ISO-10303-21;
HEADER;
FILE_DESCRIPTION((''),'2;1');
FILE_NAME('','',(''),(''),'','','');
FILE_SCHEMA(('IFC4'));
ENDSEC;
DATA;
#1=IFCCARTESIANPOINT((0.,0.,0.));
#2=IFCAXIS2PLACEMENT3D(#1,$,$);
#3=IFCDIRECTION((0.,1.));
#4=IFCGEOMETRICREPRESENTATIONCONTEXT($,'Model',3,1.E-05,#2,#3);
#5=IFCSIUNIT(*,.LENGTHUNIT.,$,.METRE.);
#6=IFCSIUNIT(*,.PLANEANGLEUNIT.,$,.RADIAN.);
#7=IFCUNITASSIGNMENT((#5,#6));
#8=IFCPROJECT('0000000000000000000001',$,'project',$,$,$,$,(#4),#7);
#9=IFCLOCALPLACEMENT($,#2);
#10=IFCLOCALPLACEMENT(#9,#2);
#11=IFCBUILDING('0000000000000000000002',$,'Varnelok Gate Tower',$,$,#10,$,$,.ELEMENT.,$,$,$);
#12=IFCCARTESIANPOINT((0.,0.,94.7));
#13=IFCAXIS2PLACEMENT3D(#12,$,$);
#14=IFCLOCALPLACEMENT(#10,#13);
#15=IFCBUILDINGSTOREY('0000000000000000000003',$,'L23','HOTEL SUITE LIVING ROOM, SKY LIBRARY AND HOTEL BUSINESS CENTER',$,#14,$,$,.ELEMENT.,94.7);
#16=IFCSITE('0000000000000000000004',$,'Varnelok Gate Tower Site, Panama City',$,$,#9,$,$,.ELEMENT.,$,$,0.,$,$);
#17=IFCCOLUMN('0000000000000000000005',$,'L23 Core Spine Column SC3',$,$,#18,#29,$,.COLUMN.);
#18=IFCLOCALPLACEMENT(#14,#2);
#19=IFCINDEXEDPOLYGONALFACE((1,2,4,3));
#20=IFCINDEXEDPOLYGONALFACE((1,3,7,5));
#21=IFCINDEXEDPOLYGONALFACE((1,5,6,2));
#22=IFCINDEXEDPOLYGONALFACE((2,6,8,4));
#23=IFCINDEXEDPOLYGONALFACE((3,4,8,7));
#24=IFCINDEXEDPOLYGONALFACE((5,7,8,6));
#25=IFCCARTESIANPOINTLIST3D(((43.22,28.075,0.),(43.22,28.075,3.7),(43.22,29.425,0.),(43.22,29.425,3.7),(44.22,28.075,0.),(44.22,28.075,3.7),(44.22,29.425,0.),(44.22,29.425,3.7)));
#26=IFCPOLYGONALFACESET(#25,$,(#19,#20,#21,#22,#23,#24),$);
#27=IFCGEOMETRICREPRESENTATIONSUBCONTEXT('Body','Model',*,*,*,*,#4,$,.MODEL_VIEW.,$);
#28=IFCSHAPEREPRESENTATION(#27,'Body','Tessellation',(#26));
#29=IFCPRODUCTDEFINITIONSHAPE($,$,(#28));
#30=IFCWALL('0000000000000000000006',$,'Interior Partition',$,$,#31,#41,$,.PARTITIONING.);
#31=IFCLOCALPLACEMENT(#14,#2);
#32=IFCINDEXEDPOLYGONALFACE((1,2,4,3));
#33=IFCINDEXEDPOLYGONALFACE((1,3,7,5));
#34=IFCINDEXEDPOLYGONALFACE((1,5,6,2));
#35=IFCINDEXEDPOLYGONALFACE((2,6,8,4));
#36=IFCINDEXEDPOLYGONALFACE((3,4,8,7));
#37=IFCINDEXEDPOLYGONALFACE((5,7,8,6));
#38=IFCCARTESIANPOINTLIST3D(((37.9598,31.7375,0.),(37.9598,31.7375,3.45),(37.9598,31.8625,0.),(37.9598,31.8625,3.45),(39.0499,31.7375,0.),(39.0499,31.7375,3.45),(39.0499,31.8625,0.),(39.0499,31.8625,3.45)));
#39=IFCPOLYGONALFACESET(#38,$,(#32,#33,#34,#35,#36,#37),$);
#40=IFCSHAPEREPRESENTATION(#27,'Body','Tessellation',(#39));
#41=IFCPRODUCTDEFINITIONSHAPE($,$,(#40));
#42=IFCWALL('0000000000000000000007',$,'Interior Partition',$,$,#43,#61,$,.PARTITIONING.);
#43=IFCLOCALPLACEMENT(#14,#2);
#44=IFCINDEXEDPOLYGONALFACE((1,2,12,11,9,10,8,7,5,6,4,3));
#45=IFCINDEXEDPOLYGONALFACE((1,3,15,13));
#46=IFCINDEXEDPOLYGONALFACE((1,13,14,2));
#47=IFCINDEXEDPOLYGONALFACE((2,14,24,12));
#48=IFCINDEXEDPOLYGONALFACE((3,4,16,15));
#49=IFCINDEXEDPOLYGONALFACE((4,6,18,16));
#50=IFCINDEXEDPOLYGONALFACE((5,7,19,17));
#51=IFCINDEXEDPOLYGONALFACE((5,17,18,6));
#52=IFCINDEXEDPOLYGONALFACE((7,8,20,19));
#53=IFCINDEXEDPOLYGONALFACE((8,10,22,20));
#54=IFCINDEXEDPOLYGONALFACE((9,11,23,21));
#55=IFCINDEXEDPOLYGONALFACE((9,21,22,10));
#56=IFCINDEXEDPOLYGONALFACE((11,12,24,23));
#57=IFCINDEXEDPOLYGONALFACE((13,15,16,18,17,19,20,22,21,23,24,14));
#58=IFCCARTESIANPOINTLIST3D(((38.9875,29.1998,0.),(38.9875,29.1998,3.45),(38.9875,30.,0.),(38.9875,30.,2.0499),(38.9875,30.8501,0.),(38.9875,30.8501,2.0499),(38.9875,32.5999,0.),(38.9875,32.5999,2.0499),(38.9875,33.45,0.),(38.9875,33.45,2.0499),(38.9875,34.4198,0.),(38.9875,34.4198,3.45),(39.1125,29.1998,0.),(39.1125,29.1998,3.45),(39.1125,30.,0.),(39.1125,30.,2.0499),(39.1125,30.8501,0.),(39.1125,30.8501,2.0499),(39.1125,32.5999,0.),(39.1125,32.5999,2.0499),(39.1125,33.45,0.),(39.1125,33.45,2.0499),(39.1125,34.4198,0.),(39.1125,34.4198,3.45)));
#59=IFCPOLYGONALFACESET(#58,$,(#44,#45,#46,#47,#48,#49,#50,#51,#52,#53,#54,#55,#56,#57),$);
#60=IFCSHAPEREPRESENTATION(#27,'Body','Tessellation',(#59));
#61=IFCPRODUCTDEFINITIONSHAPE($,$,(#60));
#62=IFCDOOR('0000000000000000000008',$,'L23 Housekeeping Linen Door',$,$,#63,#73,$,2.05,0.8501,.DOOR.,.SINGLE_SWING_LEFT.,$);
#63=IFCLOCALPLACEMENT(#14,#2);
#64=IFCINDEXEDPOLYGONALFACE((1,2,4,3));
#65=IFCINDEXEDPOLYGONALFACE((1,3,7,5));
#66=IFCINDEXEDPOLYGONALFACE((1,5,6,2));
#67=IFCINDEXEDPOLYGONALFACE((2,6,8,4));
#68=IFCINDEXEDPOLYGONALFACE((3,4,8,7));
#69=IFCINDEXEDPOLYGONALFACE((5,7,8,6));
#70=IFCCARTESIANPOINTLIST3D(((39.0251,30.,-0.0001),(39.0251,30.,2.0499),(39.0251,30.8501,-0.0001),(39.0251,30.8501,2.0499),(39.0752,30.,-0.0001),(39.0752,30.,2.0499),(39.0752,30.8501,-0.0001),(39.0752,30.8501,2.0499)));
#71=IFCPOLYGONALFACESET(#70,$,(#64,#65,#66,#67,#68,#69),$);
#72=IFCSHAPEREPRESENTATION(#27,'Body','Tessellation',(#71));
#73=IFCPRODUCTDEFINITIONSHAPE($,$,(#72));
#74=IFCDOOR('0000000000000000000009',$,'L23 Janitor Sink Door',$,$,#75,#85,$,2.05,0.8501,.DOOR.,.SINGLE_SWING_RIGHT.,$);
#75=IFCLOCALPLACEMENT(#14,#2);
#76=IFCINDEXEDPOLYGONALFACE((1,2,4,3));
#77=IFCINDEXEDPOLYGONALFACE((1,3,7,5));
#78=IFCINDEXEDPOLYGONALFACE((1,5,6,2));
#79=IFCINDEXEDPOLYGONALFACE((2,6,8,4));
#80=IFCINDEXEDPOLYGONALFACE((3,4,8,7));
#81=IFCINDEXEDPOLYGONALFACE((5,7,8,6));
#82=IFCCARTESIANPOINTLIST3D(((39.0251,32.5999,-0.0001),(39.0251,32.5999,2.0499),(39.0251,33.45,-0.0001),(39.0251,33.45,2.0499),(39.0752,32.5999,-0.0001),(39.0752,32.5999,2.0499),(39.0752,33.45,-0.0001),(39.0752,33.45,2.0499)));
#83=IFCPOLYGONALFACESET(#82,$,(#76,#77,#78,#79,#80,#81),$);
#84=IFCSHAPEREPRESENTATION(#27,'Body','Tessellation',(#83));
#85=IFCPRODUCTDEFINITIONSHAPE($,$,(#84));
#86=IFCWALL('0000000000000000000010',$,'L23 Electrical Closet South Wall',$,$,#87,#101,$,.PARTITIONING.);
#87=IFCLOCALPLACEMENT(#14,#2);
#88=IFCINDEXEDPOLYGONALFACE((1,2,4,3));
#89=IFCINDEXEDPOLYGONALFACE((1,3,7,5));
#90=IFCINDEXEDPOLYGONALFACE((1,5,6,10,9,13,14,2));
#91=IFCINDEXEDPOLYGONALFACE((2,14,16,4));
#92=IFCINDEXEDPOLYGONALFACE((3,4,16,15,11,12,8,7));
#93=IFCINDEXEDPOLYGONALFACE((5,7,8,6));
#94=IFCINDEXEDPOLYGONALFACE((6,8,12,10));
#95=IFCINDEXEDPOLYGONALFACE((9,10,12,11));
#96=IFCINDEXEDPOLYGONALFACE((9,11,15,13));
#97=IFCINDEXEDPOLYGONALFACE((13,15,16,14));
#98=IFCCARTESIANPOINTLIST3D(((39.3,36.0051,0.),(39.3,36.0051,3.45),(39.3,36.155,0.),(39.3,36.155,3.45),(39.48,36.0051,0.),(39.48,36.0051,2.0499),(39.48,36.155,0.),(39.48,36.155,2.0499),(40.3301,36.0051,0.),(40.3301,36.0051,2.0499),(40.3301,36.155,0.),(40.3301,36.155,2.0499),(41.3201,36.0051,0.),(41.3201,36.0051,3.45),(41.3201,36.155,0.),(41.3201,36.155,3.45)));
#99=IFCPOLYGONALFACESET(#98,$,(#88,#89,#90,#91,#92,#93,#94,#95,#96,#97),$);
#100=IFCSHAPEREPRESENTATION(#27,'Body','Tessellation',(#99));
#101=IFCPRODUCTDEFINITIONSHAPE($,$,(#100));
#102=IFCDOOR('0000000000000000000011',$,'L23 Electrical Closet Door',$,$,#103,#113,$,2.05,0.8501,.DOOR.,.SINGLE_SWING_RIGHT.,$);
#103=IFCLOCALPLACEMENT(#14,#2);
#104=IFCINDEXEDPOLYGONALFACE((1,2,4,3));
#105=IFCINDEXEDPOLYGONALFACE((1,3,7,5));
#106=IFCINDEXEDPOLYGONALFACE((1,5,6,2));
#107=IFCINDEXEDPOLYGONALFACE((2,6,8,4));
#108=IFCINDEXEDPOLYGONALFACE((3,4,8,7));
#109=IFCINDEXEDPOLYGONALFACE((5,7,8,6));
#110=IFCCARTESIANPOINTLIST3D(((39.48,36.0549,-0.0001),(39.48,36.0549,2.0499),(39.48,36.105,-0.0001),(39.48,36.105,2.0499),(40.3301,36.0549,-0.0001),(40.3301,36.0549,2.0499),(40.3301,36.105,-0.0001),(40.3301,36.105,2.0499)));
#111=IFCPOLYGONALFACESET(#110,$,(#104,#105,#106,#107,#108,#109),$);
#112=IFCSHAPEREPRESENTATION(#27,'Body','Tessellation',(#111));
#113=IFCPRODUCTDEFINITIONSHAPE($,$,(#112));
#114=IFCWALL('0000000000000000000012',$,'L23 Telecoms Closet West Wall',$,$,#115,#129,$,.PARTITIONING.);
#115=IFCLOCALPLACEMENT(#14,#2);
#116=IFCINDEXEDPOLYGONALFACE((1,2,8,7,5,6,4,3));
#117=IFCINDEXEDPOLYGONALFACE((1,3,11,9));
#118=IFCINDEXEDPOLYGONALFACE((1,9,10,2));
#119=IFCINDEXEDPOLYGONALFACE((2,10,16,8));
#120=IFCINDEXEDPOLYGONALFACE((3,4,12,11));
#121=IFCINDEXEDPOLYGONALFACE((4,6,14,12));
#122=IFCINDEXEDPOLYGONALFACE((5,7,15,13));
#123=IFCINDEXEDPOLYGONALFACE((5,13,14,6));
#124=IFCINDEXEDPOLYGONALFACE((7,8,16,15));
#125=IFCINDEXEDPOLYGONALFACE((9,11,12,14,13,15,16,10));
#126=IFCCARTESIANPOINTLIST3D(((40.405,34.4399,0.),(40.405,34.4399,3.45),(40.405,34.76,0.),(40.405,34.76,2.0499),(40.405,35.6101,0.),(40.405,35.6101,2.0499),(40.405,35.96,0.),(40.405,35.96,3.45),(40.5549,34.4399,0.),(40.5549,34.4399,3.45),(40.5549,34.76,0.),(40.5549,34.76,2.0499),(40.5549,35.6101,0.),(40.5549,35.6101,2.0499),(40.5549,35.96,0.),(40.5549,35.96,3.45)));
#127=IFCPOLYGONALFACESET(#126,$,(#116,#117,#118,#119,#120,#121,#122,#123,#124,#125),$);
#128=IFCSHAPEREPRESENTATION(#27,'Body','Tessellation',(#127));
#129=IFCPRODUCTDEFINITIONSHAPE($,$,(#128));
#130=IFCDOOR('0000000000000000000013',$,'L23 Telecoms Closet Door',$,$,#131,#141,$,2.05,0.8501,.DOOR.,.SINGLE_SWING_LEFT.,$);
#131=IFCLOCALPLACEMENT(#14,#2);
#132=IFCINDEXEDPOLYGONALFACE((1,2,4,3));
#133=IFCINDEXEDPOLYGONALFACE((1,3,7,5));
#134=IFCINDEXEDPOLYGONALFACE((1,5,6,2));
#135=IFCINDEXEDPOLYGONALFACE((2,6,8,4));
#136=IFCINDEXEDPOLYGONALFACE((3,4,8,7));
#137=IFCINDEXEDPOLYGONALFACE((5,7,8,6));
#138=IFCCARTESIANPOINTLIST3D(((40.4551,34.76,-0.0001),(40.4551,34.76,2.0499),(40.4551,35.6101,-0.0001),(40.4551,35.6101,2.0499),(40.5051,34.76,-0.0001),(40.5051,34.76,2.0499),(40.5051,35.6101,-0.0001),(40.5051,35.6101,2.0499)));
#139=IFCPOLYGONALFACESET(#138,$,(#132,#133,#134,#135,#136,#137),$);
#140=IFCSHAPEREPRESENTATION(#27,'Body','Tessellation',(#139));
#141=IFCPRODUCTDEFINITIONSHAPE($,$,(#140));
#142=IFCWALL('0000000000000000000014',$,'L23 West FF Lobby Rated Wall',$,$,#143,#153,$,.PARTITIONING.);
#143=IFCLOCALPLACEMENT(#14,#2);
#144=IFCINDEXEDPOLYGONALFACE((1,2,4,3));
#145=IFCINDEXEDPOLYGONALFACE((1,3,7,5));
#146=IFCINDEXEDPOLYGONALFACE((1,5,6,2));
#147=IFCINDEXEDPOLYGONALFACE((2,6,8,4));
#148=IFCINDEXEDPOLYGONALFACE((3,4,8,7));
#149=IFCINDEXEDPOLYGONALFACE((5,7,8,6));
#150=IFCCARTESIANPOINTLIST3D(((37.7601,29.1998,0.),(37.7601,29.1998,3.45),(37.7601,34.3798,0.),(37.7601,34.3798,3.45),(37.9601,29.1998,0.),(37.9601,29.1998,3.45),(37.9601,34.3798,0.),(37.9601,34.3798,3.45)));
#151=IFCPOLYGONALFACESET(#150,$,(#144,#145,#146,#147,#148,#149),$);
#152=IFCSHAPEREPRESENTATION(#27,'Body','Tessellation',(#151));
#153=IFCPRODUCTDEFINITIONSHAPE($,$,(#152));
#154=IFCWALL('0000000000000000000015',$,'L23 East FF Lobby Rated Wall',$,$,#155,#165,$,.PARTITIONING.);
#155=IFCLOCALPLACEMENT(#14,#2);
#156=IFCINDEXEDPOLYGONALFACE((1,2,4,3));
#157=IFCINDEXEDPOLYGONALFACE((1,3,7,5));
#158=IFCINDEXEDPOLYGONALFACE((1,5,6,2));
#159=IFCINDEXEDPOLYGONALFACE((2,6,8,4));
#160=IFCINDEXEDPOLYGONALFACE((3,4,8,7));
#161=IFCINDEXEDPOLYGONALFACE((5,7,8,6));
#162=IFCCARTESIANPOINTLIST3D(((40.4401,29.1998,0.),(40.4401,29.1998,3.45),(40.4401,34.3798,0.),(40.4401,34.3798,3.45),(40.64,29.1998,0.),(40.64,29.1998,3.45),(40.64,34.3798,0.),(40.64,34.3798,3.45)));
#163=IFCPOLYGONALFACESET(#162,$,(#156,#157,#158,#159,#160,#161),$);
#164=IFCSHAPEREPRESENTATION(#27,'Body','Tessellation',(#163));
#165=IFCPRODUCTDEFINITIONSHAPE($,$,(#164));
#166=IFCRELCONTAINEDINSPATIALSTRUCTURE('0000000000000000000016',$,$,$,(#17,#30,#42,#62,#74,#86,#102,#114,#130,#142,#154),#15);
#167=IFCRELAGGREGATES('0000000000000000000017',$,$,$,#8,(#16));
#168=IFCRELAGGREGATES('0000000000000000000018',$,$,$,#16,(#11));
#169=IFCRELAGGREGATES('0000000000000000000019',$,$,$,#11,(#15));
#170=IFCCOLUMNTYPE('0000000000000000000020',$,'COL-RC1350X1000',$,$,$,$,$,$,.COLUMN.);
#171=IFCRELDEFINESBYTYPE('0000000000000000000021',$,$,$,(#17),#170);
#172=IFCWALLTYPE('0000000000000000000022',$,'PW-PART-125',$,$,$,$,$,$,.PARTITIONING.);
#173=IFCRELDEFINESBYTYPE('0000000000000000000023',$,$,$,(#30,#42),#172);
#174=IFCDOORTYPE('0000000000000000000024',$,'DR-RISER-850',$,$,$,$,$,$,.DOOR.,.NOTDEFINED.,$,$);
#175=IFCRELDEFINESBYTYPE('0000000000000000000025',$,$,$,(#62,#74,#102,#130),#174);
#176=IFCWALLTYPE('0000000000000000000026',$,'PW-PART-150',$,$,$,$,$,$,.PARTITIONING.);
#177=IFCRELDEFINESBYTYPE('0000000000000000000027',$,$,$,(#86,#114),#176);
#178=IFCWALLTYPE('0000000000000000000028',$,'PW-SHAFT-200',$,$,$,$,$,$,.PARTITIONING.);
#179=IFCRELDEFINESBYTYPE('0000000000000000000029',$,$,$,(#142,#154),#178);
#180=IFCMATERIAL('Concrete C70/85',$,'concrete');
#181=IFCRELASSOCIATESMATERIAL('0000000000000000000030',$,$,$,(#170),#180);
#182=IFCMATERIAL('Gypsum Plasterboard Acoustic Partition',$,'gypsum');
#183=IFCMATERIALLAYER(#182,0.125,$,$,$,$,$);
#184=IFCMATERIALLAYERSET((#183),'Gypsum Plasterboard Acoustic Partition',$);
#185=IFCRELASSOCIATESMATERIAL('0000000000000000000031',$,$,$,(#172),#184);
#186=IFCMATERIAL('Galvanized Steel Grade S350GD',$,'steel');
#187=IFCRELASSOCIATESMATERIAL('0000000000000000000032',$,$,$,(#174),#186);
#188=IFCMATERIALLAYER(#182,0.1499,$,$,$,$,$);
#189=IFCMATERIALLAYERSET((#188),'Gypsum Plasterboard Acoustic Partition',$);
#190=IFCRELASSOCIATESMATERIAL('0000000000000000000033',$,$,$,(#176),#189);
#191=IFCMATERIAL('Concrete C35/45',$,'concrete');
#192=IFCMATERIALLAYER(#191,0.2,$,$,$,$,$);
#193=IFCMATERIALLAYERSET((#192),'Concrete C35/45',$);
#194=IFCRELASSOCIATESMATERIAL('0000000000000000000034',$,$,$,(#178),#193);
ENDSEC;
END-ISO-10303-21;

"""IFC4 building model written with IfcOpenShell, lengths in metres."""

from ifc_helpers import new_model, si_unit, direction, frame, frame_2d, origin, origin_2d, place, context, subcontext, project, spatial, rectangle, extrude, material, layer, layer_set, material_profile, profile_set, type_object, element, fill, save


model = new_model("IFC4")

# Units and contexts
model_context = context("Model", 3, precision=1e-05, world=origin(), true_north=direction((0.0, 1.0)))
body_context = subcontext(model_context, "Body", "Model", "MODEL_VIEW")
ifc_project = project(units=[si_unit("LENGTHUNIT", "METRE"), si_unit("PLANEANGLEUNIT", "RADIAN")], contexts=[model_context])

# Site, building, storey
site_placement = place(None, origin())
site = spatial("IfcSite", under=ifc_project, at=site_placement, Name="Varnelok Gate Tower Site, Panama City", CompositionType="ELEMENT", RefElevation=0.0)
building_placement = place(site_placement, origin())
building = spatial("IfcBuilding", under=site, at=building_placement, Name="Varnelok Gate Tower", CompositionType="ELEMENT")
storey_placement = place(building_placement, frame((0.0, 0.0, 94.7)))
storey = spatial("IfcBuildingStorey", under=building, at=storey_placement, Name="L23", Description="HOTEL SUITE LIVING ROOM, SKY LIBRARY AND HOTEL BUSINESS CENTER", CompositionType="ELEMENT", Elevation=94.7)

# Column
ifc_material_1 = material(Name="Concrete C70/85", Category="concrete")
ifc_material_profile = material_profile(ifc_material_1, rectangle(XDim=1.0, YDim=1.3501, at=origin_2d()), Name="RC1350X1000")
ifc_profile_set = profile_set([ifc_material_profile], Name="Concrete C70/85")
column_type = type_object("IfcColumnType", Name="COL-RC1350X1000", PredefinedType="COLUMN", material=ifc_profile_set)
column_placement = place(storey_placement, frame((43.72, 28.75, 0.0), z_axis=(0.0, 0.0, 1.0), x_axis=(1.0, 0.0, 0.0)))
element("IfcColumn", 1, at=column_placement, inside=storey, type_object=column_type, Name="L23 Core Spine Column SC3", PredefinedType="COLUMN", context=body_context, shape_type="SweptSolid", body=[
    extrude(rectangle(XDim=1.0, YDim=1.3501, at=origin_2d()), origin(), (0.0, 0.0, 1.0), 3.7),
])

# Wall
ifc_material_2 = material(Name="Gypsum Plasterboard Acoustic Partition", Category="gypsum")
ifc_layer_1 = layer(ifc_material_2, 0.125)
ifc_layer_set_1 = layer_set([ifc_layer_1], Name="Gypsum Plasterboard Acoustic Partition")
wall_type_1 = type_object("IfcWallType", Name="PW-PART-125", PredefinedType="PARTITIONING", material=ifc_layer_set_1)
wall_1_placement = place(storey_placement, frame((37.96, 31.8, 0.0), z_axis=(0.0, 0.0, 1.0), x_axis=(1.0, 0.0, 0.0)))
element("IfcWall", 2, at=wall_1_placement, inside=storey, type_object=wall_type_1, Name="Interior Partition", PredefinedType="PARTITIONING", context=body_context, shape_type="SweptSolid", body=[
    extrude(rectangle(XDim=1.0901, YDim=0.125, at=frame_2d((0.5449, 0.0))), origin(), (0.0, 0.0, 1.0), 3.45),
])

# Wall, openings, doors
wall_2_placement = place(storey_placement, frame((39.05, 29.2, 0.0), z_axis=(0.0, 0.0, 1.0), x_axis=(0.0, 1.0, 0.0)))
wall_2 = element("IfcWall", 3, at=wall_2_placement, inside=storey, type_object=wall_type_1, Name="Interior Partition", PredefinedType="PARTITIONING", context=body_context, shape_type="SweptSolid", body=[
    extrude(rectangle(XDim=5.22, YDim=0.125, at=frame_2d((2.6099, 0.0))), origin(), (0.0, 0.0, 1.0), 3.45),
])
opening_1_placement = place(wall_2_placement, frame((0.8, 0.0, 0.0)))
opening_1 = element("IfcOpeningElement", 4, at=opening_1_placement, cuts=wall_2, PredefinedType="OPENING", context=body_context, shape_type="SweptSolid", body=[
    extrude(rectangle(XDim=0.8501, YDim=2.05, at=frame_2d((0.425, 1.0249))), frame((0.0, 0.0725, 0.0), z_axis=(0.0, -1.0, 0.0), x_axis=(1.0, 0.0, 0.0)), (0.0, 0.0, 1.0), 0.145),
])
opening_2_placement = place(wall_2_placement, frame((3.3999, 0.0, 0.0)))
opening_2 = element("IfcOpeningElement", 5, at=opening_2_placement, cuts=wall_2, PredefinedType="OPENING", context=body_context, shape_type="SweptSolid", body=[
    extrude(rectangle(XDim=0.8501, YDim=2.05, at=frame_2d((0.425, 1.0249))), frame((0.0, 0.0725, 0.0), z_axis=(0.0, -1.0, 0.0), x_axis=(1.0, 0.0, 0.0)), (0.0, 0.0, 1.0), 0.145),
])
ifc_material_3 = material(Name="Galvanized Steel Grade S350GD", Category="steel")
door_type_1 = type_object("IfcDoorType", Name="DR-RISER-850", OperationType="NOTDEFINED", PredefinedType="DOOR", material=ifc_material_3)
door_1_placement = place(opening_1_placement, origin())
door_1 = element("IfcDoor", 6, at=door_1_placement, inside=storey, type_object=door_type_1, Name="L23 Housekeeping Linen Door", OperationType="SINGLE_SWING_LEFT", OverallHeight=2.05, OverallWidth=0.8501, PredefinedType="DOOR", context=body_context, shape_type="SweptSolid", body=[
    extrude(rectangle(XDim=0.8501, YDim=2.05, at=frame_2d((0.425, 1.0249))), frame((0.0, 0.0249, 0.0), z_axis=(0.0, -1.0, 0.0), x_axis=(1.0, 0.0, 0.0)), (0.0, 0.0, 1.0), 0.05),
])
fill(opening_1, door_1)
door_2_placement = place(opening_2_placement, origin())
door_2 = element("IfcDoor", 7, at=door_2_placement, inside=storey, type_object=door_type_1, Name="L23 Janitor Sink Door", OperationType="SINGLE_SWING_RIGHT", OverallHeight=2.05, OverallWidth=0.8501, PredefinedType="DOOR", context=body_context, shape_type="SweptSolid", body=[
    extrude(rectangle(XDim=0.8501, YDim=2.05, at=frame_2d((0.425, 1.0249))), frame((0.0, 0.0249, 0.0), z_axis=(0.0, -1.0, 0.0), x_axis=(1.0, 0.0, 0.0)), (0.0, 0.0, 1.0), 0.05),
])
fill(opening_2, door_2)

# Walls, openings, doors
ifc_layer_2 = layer(ifc_material_2, 0.1499)
ifc_layer_set_2 = layer_set([ifc_layer_2], Name="Gypsum Plasterboard Acoustic Partition")
wall_type_2 = type_object("IfcWallType", Name="PW-PART-150", PredefinedType="PARTITIONING", material=ifc_layer_set_2)
wall_3_placement = place(storey_placement, frame((39.3, 36.0801, 0.0), z_axis=(0.0, 0.0, 1.0), x_axis=(1.0, 0.0, 0.0)))
wall_3 = element("IfcWall", 8, at=wall_3_placement, inside=storey, type_object=wall_type_2, Name="L23 Electrical Closet South Wall", PredefinedType="PARTITIONING", context=body_context, shape_type="SweptSolid", body=[
    extrude(rectangle(XDim=2.02, YDim=0.1499, at=frame_2d((1.01, 0.0))), origin(), (0.0, 0.0, 1.0), 3.45),
])
opening_3_placement = place(wall_3_placement, frame((0.1799, 0.0, 0.0)))
opening_3 = element("IfcOpeningElement", 9, at=opening_3_placement, cuts=wall_3, PredefinedType="OPENING", context=body_context, shape_type="SweptSolid", body=[
    extrude(rectangle(XDim=0.8501, YDim=2.05, at=frame_2d((0.425, 1.0249))), frame((0.0, 0.085, 0.0), z_axis=(0.0, -1.0, 0.0), x_axis=(1.0, 0.0, 0.0)), (0.0, 0.0, 1.0), 0.1699),
])
door_3_placement = place(opening_3_placement, origin())
door_3 = element("IfcDoor", 10, at=door_3_placement, inside=storey, type_object=door_type_1, Name="L23 Electrical Closet Door", OperationType="SINGLE_SWING_RIGHT", OverallHeight=2.05, OverallWidth=0.8501, PredefinedType="DOOR", context=body_context, shape_type="SweptSolid", body=[
    extrude(rectangle(XDim=0.8501, YDim=2.05, at=frame_2d((0.425, 1.0249))), frame((0.0, 0.0249, 0.0), z_axis=(0.0, -1.0, 0.0), x_axis=(1.0, 0.0, 0.0)), (0.0, 0.0, 1.0), 0.05),
])
fill(opening_3, door_3)
wall_4_placement = place(storey_placement, frame((40.48, 34.4399, 0.0), z_axis=(0.0, 0.0, 1.0), x_axis=(0.0, 1.0, 0.0)))
wall_4 = element("IfcWall", 11, at=wall_4_placement, inside=storey, type_object=wall_type_2, Name="L23 Telecoms Closet West Wall", PredefinedType="PARTITIONING", context=body_context, shape_type="SweptSolid", body=[
    extrude(rectangle(XDim=1.52, YDim=0.1499, at=frame_2d((0.76, 0.0))), origin(), (0.0, 0.0, 1.0), 3.45),
])
opening_4_placement = place(wall_4_placement, frame((0.3201, 0.0, 0.0)))
opening_4 = element("IfcOpeningElement", 12, at=opening_4_placement, cuts=wall_4, PredefinedType="OPENING", context=body_context, shape_type="SweptSolid", body=[
    extrude(rectangle(XDim=0.8501, YDim=2.05, at=frame_2d((0.425, 1.0249))), frame((0.0, 0.085, 0.0), z_axis=(0.0, -1.0, 0.0), x_axis=(1.0, 0.0, 0.0)), (0.0, 0.0, 1.0), 0.1699),
])
door_4_placement = place(opening_4_placement, origin())
door_4 = element("IfcDoor", 13, at=door_4_placement, inside=storey, type_object=door_type_1, Name="L23 Telecoms Closet Door", OperationType="SINGLE_SWING_LEFT", OverallHeight=2.05, OverallWidth=0.8501, PredefinedType="DOOR", context=body_context, shape_type="SweptSolid", body=[
    extrude(rectangle(XDim=0.8501, YDim=2.05, at=frame_2d((0.425, 1.0249))), frame((0.0, 0.0249, 0.0), z_axis=(0.0, -1.0, 0.0), x_axis=(1.0, 0.0, 0.0)), (0.0, 0.0, 1.0), 0.05),
])
fill(opening_4, door_4)

# Walls
ifc_material_4 = material(Name="Concrete C35/45", Category="concrete")
ifc_layer_3 = layer(ifc_material_4, 0.2)
ifc_layer_set_3 = layer_set([ifc_layer_3], Name="Concrete C35/45")
wall_type_3 = type_object("IfcWallType", Name="PW-SHAFT-200", PredefinedType="PARTITIONING", material=ifc_layer_set_3)
for number, where, z_axis, x_axis, name in (
    (14, (37.8601, 29.2, 0.0), (0.0, 0.0, 1.0), (0.0, 1.0, 0.0), "L23 West FF Lobby Rated Wall"),
    (15, (40.54, 29.2, 0.0), (0.0, 0.0, 1.0), (0.0, 1.0, 0.0), "L23 East FF Lobby Rated Wall"),
):
    element("IfcWall", number, at=place(storey_placement, frame(where, z_axis=z_axis, x_axis=x_axis)), inside=storey, type_object=wall_type_3, Name=name, PredefinedType="PARTITIONING", context=body_context, shape_type="SweptSolid", body=[
        extrude(rectangle(XDim=5.1799, YDim=0.2, at=frame_2d((2.5898, 0.0))), origin(), (0.0, 0.0, 1.0), 3.45),
    ])

save(model, "model.ifc")
